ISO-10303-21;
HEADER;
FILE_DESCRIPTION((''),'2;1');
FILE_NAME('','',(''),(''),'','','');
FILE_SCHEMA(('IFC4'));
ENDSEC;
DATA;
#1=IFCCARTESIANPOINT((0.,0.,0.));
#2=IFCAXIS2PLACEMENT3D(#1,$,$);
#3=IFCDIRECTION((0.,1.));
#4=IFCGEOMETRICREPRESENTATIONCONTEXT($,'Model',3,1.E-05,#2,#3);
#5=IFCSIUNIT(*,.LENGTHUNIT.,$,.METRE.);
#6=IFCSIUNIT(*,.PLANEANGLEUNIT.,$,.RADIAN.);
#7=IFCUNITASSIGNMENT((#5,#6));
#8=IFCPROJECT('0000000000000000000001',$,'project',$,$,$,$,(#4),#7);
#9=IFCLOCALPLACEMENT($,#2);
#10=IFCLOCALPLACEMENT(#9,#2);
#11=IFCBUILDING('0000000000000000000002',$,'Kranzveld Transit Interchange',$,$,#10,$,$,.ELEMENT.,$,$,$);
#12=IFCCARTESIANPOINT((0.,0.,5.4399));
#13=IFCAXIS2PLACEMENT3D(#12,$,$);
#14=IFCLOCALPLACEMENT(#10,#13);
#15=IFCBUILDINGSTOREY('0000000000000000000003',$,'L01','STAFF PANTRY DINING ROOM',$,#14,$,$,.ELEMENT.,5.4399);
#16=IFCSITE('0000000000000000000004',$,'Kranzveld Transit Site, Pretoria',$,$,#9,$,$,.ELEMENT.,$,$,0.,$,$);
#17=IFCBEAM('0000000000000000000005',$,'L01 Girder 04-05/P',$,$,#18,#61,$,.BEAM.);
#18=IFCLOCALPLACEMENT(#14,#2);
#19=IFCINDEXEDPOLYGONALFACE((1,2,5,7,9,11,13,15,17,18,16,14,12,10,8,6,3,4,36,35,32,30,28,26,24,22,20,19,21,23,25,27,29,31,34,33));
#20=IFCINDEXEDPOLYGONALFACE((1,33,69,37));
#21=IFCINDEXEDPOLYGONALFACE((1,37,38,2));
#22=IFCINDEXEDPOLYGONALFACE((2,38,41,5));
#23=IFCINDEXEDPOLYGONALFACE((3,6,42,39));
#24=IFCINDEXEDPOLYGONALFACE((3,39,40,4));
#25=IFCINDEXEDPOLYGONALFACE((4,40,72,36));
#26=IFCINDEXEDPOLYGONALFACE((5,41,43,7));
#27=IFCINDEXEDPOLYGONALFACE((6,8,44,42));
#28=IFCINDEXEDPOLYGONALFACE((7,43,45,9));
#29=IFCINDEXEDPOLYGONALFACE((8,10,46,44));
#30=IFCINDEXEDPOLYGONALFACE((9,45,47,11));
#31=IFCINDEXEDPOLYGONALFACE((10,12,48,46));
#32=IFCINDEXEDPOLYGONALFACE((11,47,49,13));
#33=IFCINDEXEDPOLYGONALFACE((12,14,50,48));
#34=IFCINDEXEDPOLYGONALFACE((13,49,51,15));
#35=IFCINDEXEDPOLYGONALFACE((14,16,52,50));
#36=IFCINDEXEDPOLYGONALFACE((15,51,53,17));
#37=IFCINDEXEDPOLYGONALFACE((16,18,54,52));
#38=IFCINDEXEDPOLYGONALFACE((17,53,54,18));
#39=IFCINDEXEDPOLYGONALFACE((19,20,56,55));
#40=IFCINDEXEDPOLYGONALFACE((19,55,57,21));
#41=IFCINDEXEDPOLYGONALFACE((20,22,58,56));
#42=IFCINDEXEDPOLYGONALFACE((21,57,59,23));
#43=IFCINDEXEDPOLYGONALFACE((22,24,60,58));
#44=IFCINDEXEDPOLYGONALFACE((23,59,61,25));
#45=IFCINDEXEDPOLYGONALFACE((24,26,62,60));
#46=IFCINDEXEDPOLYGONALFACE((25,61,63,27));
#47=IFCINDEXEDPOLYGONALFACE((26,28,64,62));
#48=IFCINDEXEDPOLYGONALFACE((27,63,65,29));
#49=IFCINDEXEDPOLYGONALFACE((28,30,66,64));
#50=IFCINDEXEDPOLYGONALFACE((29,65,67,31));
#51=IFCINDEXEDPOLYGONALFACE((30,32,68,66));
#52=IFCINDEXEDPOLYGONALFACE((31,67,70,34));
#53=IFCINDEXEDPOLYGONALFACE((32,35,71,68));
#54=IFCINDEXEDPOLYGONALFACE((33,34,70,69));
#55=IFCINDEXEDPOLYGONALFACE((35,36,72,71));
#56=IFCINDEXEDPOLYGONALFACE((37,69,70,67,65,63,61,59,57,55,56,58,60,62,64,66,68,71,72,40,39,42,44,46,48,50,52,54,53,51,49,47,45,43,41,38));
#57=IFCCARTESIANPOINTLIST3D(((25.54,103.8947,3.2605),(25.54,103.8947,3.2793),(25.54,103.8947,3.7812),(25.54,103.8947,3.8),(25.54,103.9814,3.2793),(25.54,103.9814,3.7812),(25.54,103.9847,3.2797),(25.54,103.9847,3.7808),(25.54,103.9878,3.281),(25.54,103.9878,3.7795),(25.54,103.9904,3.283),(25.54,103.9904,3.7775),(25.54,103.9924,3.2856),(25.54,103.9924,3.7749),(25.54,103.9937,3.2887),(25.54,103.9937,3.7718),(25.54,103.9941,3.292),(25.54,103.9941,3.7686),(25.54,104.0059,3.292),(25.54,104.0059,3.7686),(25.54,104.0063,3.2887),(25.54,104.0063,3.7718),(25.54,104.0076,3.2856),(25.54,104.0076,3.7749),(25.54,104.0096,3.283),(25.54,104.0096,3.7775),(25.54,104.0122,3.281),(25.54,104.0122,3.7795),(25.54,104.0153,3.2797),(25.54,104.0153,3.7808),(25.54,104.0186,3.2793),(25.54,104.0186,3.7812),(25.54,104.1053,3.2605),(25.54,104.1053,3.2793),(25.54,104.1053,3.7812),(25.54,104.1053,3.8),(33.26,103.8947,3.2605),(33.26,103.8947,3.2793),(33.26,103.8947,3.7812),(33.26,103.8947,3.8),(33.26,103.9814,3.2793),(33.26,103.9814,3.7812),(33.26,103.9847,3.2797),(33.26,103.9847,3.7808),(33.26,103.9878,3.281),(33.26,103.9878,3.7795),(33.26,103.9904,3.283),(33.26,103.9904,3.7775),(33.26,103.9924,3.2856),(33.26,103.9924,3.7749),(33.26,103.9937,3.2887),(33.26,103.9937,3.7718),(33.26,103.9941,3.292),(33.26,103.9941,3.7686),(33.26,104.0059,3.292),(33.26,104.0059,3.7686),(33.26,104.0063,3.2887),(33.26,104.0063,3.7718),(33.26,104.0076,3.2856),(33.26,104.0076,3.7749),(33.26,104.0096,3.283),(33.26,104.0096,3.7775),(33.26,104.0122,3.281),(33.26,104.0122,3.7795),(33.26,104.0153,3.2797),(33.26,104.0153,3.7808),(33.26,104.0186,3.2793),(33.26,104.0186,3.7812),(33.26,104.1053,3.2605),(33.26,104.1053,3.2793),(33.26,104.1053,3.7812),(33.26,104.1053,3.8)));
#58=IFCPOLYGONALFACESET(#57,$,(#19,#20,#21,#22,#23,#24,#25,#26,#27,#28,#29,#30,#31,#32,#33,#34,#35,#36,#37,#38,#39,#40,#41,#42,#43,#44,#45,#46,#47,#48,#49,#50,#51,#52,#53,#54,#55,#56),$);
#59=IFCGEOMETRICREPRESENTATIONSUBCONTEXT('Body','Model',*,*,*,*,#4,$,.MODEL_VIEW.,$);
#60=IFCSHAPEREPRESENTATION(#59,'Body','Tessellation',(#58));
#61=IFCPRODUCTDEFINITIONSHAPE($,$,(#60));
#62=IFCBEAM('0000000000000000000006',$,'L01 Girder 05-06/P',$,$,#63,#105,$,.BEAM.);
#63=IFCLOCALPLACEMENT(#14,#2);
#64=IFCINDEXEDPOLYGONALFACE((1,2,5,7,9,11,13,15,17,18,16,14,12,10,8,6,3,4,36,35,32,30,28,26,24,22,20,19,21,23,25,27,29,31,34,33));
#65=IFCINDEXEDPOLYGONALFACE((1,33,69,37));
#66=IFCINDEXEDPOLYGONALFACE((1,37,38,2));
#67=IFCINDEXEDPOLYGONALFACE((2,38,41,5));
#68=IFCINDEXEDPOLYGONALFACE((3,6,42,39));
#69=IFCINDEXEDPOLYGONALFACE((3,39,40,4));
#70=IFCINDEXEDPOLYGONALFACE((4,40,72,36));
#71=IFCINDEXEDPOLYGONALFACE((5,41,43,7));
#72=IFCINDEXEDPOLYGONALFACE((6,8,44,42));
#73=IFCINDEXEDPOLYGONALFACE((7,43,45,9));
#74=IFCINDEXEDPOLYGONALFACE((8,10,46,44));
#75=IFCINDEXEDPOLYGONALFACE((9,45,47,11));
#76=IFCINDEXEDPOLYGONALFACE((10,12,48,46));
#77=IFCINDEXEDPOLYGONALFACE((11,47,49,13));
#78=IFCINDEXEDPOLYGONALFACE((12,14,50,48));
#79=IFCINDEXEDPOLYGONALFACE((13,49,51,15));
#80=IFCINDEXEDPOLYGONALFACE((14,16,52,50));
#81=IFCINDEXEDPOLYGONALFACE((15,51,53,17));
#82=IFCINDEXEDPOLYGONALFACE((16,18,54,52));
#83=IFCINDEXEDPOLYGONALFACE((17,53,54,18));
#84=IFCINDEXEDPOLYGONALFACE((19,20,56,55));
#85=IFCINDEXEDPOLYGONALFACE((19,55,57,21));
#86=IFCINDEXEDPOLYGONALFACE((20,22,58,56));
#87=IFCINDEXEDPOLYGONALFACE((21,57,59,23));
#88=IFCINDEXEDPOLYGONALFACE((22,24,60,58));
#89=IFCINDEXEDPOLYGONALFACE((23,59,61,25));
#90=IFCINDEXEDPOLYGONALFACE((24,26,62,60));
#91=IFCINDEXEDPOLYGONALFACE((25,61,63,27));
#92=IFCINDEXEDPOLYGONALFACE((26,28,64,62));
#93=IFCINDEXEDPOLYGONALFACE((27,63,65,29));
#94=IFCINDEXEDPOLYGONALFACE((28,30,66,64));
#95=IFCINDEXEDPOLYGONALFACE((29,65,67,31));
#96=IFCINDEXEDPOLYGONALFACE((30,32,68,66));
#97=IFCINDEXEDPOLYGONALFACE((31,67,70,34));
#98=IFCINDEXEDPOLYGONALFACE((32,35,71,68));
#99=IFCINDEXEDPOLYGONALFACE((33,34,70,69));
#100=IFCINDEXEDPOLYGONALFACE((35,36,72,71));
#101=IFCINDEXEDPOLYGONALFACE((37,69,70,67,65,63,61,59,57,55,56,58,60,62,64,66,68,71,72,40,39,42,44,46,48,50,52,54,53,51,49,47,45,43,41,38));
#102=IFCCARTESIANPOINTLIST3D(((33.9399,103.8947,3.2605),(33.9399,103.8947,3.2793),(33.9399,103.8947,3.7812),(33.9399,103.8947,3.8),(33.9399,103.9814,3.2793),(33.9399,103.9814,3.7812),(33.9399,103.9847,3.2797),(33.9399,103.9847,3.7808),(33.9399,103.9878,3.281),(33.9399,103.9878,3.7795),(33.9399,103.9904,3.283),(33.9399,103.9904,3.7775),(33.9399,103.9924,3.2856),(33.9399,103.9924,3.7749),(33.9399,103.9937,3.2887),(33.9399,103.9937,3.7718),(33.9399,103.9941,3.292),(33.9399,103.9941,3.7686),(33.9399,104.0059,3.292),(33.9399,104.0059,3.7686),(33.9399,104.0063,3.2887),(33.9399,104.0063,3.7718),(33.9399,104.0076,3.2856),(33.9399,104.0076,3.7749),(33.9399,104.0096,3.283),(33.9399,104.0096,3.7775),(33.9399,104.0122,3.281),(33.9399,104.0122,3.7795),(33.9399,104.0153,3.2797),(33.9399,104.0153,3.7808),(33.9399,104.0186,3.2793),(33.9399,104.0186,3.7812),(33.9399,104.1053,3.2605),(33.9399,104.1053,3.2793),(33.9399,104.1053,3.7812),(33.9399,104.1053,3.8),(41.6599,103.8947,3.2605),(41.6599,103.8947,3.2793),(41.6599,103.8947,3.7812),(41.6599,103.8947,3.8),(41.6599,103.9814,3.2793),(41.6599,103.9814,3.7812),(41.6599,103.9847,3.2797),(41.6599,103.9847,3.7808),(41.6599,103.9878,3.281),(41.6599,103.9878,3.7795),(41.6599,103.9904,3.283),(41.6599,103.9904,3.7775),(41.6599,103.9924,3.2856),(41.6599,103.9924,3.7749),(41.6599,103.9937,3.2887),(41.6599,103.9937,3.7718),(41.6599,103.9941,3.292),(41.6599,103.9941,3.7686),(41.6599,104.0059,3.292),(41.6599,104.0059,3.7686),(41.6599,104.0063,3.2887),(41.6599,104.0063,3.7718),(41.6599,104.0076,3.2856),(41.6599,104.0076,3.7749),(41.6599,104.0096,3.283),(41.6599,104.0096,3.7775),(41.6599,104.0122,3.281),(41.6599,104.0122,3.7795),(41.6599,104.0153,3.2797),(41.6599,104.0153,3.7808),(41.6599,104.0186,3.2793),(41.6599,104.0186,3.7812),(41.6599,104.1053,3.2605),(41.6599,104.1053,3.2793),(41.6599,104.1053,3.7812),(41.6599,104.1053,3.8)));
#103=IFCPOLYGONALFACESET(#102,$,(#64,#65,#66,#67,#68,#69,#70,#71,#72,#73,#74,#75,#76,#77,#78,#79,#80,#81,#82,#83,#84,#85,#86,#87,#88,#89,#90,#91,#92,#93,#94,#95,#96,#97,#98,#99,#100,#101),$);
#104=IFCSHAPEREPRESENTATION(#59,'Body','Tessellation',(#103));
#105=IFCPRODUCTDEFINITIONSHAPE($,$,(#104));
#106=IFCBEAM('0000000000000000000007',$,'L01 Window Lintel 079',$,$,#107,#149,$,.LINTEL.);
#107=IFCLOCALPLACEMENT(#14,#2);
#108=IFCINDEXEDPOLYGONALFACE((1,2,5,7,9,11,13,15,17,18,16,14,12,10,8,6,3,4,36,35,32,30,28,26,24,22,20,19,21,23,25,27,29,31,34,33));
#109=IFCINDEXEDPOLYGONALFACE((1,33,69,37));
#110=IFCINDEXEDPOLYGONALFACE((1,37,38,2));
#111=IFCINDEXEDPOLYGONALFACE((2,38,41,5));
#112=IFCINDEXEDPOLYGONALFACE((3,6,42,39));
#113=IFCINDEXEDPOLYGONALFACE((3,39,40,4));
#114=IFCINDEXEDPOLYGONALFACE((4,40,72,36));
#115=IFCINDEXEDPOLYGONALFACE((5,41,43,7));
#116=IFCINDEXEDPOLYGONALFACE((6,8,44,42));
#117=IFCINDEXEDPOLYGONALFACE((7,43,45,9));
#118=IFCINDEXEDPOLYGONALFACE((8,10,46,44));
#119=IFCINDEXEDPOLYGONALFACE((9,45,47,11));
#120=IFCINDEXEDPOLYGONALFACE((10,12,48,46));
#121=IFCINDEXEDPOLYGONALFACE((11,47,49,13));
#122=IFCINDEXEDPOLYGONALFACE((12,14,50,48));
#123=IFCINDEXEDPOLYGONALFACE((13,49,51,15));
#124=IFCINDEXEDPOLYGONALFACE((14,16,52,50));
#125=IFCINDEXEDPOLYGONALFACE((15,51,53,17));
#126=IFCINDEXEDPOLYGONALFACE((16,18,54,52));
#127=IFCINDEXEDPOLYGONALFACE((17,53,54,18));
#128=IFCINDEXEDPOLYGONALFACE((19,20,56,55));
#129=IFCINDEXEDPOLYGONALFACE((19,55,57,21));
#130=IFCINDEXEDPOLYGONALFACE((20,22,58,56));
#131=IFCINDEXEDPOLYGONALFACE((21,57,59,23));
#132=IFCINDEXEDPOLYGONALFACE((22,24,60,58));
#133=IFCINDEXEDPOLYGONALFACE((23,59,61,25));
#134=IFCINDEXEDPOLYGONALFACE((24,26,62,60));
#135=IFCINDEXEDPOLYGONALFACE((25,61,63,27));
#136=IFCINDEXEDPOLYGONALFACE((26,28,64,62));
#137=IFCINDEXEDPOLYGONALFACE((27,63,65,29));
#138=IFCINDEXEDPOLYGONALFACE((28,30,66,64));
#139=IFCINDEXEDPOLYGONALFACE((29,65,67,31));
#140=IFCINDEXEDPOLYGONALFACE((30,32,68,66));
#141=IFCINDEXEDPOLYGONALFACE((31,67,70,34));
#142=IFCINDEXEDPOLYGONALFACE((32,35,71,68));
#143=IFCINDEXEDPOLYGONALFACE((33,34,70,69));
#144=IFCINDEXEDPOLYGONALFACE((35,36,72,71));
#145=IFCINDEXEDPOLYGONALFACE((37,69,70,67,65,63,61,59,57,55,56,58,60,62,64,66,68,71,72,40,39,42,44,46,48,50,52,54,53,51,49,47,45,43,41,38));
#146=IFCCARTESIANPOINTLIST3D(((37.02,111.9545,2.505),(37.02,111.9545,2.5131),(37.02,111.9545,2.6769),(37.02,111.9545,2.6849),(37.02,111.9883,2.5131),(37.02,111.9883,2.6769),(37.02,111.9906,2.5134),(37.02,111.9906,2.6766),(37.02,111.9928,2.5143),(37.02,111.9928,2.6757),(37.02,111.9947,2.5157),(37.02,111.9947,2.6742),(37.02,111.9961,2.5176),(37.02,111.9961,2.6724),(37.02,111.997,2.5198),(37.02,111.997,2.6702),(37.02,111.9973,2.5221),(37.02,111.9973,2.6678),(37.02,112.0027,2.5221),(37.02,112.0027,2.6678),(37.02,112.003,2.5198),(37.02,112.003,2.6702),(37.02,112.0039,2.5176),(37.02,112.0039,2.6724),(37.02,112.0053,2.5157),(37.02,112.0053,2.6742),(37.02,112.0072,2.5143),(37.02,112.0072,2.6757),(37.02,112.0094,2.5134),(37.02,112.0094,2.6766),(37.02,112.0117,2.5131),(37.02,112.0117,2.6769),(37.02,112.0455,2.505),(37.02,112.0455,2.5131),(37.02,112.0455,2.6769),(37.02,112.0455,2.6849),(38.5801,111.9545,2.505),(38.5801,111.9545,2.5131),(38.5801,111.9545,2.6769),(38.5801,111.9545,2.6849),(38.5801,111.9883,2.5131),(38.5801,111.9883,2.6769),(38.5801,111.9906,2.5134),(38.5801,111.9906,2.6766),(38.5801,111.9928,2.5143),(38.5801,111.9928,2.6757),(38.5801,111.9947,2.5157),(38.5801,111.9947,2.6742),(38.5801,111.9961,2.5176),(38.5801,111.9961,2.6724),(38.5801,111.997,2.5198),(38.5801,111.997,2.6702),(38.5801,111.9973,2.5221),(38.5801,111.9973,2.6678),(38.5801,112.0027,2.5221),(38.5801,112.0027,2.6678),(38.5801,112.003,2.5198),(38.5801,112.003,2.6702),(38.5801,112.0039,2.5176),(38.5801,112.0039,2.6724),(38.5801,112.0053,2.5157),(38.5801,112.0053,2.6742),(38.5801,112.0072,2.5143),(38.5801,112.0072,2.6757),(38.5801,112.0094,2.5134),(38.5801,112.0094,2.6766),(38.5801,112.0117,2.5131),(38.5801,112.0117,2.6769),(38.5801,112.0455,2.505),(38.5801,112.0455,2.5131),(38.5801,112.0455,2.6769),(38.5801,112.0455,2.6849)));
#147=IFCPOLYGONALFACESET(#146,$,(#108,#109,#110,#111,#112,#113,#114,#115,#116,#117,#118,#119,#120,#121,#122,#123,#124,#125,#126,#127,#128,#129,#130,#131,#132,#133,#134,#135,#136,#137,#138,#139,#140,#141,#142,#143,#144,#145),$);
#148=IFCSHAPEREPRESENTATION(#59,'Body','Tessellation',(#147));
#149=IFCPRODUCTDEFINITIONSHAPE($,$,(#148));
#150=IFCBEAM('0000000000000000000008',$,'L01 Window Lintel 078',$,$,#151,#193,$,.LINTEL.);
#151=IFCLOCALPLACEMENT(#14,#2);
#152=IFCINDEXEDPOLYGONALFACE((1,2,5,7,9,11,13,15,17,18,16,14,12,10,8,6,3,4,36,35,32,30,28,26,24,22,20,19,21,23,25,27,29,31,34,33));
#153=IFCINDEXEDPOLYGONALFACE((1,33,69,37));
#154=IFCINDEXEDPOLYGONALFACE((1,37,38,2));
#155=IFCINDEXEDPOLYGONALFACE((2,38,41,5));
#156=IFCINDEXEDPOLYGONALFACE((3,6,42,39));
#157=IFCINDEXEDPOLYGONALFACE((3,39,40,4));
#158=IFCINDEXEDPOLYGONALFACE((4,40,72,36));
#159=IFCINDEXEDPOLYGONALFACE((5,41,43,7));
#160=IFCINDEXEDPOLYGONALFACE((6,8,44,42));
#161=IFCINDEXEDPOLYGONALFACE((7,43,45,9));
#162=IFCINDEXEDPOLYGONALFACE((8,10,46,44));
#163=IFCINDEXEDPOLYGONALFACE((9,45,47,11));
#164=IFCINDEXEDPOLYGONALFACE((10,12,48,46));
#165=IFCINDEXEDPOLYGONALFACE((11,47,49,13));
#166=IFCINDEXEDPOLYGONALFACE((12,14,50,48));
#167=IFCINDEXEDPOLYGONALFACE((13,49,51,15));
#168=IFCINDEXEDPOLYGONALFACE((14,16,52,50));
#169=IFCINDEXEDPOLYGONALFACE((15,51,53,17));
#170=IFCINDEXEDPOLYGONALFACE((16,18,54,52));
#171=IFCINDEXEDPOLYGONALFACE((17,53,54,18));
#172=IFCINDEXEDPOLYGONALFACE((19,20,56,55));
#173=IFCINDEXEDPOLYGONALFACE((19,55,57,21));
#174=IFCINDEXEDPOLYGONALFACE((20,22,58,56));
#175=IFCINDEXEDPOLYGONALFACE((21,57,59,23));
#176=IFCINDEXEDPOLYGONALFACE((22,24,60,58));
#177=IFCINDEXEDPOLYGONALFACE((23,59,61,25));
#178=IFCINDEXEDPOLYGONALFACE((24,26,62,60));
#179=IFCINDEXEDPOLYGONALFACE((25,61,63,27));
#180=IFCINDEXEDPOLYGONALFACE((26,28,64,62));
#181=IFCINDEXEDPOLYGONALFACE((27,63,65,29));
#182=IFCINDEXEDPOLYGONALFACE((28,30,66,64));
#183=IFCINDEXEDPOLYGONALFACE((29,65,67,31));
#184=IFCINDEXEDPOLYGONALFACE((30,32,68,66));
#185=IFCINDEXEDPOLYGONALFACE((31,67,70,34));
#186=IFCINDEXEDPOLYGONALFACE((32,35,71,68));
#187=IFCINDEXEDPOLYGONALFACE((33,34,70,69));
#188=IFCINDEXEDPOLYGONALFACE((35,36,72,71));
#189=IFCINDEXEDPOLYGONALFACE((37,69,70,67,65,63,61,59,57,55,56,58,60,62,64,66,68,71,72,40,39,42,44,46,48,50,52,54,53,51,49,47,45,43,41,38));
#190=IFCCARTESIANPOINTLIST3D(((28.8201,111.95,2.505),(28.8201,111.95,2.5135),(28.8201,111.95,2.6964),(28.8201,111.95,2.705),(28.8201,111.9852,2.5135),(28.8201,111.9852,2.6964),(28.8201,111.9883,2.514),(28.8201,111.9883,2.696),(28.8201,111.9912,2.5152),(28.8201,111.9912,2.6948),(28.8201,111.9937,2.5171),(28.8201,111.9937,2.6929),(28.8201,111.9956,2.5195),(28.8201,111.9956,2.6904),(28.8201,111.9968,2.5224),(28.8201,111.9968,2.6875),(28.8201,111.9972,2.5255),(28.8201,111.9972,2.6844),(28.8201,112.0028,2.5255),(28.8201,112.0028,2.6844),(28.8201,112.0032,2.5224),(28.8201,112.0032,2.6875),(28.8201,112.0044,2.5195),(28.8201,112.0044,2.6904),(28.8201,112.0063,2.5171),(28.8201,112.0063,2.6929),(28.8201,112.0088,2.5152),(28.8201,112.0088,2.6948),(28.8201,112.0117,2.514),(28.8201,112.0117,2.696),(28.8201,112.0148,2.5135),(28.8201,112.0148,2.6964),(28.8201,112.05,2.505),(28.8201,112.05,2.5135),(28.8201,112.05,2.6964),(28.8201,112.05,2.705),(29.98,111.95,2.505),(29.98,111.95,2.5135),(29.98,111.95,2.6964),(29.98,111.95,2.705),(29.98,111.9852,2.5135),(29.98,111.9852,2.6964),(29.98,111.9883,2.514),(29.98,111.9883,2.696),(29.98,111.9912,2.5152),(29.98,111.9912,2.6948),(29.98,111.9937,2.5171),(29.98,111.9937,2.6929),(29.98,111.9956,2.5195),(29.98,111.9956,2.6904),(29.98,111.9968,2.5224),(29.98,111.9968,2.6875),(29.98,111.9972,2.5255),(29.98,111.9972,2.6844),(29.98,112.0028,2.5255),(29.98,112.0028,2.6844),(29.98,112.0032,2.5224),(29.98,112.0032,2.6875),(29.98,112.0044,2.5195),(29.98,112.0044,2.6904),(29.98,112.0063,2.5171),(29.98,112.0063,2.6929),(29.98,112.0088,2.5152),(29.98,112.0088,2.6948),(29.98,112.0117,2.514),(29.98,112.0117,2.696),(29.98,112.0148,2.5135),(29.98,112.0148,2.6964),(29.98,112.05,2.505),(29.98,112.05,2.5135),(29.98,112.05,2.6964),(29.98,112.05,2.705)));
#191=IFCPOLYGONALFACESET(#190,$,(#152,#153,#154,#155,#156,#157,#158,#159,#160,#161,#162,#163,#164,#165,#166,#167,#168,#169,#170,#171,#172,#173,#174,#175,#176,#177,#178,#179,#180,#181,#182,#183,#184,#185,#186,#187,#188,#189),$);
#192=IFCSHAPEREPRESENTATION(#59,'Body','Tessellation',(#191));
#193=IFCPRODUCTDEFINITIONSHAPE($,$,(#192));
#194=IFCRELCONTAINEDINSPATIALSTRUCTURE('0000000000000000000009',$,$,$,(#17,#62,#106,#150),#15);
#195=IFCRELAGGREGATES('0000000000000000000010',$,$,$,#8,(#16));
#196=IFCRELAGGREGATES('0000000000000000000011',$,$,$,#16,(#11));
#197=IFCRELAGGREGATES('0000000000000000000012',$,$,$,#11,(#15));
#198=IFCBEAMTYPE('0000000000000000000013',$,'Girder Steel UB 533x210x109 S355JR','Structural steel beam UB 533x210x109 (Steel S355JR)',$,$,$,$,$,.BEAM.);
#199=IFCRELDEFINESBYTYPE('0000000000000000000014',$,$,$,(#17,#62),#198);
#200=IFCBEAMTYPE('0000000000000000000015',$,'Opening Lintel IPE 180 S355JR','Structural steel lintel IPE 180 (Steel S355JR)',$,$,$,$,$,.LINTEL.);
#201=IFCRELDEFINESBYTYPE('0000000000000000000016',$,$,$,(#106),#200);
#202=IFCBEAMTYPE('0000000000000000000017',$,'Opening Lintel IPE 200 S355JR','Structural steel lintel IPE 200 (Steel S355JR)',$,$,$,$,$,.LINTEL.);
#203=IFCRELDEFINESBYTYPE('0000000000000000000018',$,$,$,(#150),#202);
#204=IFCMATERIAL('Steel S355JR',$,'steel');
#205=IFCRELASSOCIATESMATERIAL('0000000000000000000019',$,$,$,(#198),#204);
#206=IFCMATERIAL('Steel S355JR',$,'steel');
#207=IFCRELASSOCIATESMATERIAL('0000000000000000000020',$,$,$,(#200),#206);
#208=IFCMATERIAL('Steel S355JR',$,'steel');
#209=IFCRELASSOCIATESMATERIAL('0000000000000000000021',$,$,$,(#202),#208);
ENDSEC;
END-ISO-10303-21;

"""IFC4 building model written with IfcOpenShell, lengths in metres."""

from ifc_helpers import new_model, si_unit, direction, frame, origin, origin_2d, place, context, subcontext, project, spatial, i_section, extrude, material, material_profile, profile_set, type_object, element, save


model = new_model("IFC4")

# Units and contexts
model_context = context("Model", 3, precision=1e-05, world=origin(), true_north=direction((0.0, 1.0)))
body_context = subcontext(model_context, "Body", "Model", "MODEL_VIEW")
ifc_project = project(units=[si_unit("LENGTHUNIT", "METRE"), si_unit("PLANEANGLEUNIT", "RADIAN")], contexts=[model_context])

# Site, building, storey
site_placement = place(None, origin())
site = spatial("IfcSite", under=ifc_project, at=site_placement, Name="Kranzveld Transit Site, Pretoria", CompositionType="ELEMENT", RefElevation=0.0)
building_placement = place(site_placement, origin())
building = spatial("IfcBuilding", under=site, at=building_placement, Name="Kranzveld Transit Interchange", CompositionType="ELEMENT")
storey_placement = place(building_placement, frame((0.0, 0.0, 5.4399)))
storey = spatial("IfcBuildingStorey", under=building, at=storey_placement, Name="L01", Description="STAFF PANTRY DINING ROOM", CompositionType="ELEMENT", Elevation=5.4399)

# Beams
ifc_material_1 = material(Name="Steel S355JR", Category="steel")
ifc_material_profile_1 = material_profile(ifc_material_1, i_section(OverallWidth=0.2107, OverallDepth=0.5396, WebThickness=0.0117, FlangeThickness=0.0188, FilletRadius=0.0127, at=origin_2d()), Name="UB 533x210x109")
ifc_profile_set_1 = profile_set([ifc_material_profile_1], Name="Steel S355JR")
beam_type_1 = type_object("IfcBeamType", Name="Girder Steel UB 533x210x109 S355JR", Description="Structural steel beam UB 533x210x109 (Steel S355JR)", PredefinedType="BEAM", material=ifc_profile_set_1)
for number, where, z_axis, x_axis, name in (
    (1, (25.54, 104.0, 3.5303), (1.0, 0.0, 0.0), (0.0, 1.0, 0.0), "L01 Girder 04-05/P"),
    (2, (33.9399, 104.0, 3.5303), (1.0, 0.0, 0.0), (0.0, 1.0, 0.0), "L01 Girder 05-06/P"),
):
    element("IfcBeam", number, at=place(storey_placement, frame(where, z_axis=z_axis, x_axis=x_axis)), inside=storey, type_object=beam_type_1, Name=name, PredefinedType="BEAM", context=body_context, shape_type="SweptSolid", body=[
        extrude(i_section(OverallWidth=0.2107, OverallDepth=0.5396, WebThickness=0.0117, FlangeThickness=0.0188, FilletRadius=0.0127, at=origin_2d()), origin(), (0.0, 0.0, 1.0), 7.72),
    ])
ifc_material_2 = material(Name="Steel S355JR", Category="steel")
ifc_material_profile_2 = material_profile(ifc_material_2, i_section(OverallWidth=0.0911, OverallDepth=0.1799, WebThickness=0.0054, FlangeThickness=0.0081, FilletRadius=0.009, at=origin_2d()), Name="IPE 180")
ifc_profile_set_2 = profile_set([ifc_material_profile_2], Name="Steel S355JR")
beam_type_2 = type_object("IfcBeamType", Name="Opening Lintel IPE 180 S355JR", Description="Structural steel lintel IPE 180 (Steel S355JR)", PredefinedType="LINTEL", material=ifc_profile_set_2)
beam_1_placement = place(storey_placement, frame((37.02, 112.0, 2.595), z_axis=(1.0, 0.0, 0.0), x_axis=(0.0, 1.0, 0.0)))
element("IfcBeam", 3, at=beam_1_placement, inside=storey, type_object=beam_type_2, Name="L01 Window Lintel 079", PredefinedType="LINTEL", context=body_context, shape_type="SweptSolid", body=[
    extrude(i_section(OverallWidth=0.0911, OverallDepth=0.1799, WebThickness=0.0054, FlangeThickness=0.0081, FilletRadius=0.009, at=origin_2d()), origin(), (0.0, 0.0, 1.0), 1.5601),
])
ifc_material_3 = material(Name="Steel S355JR", Category="steel")
ifc_material_profile_3 = material_profile(ifc_material_3, i_section(OverallWidth=0.1001, OverallDepth=0.2, WebThickness=0.0056, FlangeThickness=0.0085, FilletRadius=0.012, at=origin_2d()), Name="IPE 200")
ifc_profile_set_3 = profile_set([ifc_material_profile_3], Name="Steel S355JR")
beam_type_3 = type_object("IfcBeamType", Name="Opening Lintel IPE 200 S355JR", Description="Structural steel lintel IPE 200 (Steel S355JR)", PredefinedType="LINTEL", material=ifc_profile_set_3)
beam_2_placement = place(storey_placement, frame((28.8201, 112.0, 2.605), z_axis=(1.0, 0.0, 0.0), x_axis=(0.0, 1.0, 0.0)))
element("IfcBeam", 4, at=beam_2_placement, inside=storey, type_object=beam_type_3, Name="L01 Window Lintel 078", PredefinedType="LINTEL", context=body_context, shape_type="SweptSolid", body=[
    extrude(i_section(OverallWidth=0.1001, OverallDepth=0.2, WebThickness=0.0056, FlangeThickness=0.0085, FilletRadius=0.012, at=origin_2d()), origin(), (0.0, 0.0, 1.0), 1.1599),
])

save(model, "model.ifc")
